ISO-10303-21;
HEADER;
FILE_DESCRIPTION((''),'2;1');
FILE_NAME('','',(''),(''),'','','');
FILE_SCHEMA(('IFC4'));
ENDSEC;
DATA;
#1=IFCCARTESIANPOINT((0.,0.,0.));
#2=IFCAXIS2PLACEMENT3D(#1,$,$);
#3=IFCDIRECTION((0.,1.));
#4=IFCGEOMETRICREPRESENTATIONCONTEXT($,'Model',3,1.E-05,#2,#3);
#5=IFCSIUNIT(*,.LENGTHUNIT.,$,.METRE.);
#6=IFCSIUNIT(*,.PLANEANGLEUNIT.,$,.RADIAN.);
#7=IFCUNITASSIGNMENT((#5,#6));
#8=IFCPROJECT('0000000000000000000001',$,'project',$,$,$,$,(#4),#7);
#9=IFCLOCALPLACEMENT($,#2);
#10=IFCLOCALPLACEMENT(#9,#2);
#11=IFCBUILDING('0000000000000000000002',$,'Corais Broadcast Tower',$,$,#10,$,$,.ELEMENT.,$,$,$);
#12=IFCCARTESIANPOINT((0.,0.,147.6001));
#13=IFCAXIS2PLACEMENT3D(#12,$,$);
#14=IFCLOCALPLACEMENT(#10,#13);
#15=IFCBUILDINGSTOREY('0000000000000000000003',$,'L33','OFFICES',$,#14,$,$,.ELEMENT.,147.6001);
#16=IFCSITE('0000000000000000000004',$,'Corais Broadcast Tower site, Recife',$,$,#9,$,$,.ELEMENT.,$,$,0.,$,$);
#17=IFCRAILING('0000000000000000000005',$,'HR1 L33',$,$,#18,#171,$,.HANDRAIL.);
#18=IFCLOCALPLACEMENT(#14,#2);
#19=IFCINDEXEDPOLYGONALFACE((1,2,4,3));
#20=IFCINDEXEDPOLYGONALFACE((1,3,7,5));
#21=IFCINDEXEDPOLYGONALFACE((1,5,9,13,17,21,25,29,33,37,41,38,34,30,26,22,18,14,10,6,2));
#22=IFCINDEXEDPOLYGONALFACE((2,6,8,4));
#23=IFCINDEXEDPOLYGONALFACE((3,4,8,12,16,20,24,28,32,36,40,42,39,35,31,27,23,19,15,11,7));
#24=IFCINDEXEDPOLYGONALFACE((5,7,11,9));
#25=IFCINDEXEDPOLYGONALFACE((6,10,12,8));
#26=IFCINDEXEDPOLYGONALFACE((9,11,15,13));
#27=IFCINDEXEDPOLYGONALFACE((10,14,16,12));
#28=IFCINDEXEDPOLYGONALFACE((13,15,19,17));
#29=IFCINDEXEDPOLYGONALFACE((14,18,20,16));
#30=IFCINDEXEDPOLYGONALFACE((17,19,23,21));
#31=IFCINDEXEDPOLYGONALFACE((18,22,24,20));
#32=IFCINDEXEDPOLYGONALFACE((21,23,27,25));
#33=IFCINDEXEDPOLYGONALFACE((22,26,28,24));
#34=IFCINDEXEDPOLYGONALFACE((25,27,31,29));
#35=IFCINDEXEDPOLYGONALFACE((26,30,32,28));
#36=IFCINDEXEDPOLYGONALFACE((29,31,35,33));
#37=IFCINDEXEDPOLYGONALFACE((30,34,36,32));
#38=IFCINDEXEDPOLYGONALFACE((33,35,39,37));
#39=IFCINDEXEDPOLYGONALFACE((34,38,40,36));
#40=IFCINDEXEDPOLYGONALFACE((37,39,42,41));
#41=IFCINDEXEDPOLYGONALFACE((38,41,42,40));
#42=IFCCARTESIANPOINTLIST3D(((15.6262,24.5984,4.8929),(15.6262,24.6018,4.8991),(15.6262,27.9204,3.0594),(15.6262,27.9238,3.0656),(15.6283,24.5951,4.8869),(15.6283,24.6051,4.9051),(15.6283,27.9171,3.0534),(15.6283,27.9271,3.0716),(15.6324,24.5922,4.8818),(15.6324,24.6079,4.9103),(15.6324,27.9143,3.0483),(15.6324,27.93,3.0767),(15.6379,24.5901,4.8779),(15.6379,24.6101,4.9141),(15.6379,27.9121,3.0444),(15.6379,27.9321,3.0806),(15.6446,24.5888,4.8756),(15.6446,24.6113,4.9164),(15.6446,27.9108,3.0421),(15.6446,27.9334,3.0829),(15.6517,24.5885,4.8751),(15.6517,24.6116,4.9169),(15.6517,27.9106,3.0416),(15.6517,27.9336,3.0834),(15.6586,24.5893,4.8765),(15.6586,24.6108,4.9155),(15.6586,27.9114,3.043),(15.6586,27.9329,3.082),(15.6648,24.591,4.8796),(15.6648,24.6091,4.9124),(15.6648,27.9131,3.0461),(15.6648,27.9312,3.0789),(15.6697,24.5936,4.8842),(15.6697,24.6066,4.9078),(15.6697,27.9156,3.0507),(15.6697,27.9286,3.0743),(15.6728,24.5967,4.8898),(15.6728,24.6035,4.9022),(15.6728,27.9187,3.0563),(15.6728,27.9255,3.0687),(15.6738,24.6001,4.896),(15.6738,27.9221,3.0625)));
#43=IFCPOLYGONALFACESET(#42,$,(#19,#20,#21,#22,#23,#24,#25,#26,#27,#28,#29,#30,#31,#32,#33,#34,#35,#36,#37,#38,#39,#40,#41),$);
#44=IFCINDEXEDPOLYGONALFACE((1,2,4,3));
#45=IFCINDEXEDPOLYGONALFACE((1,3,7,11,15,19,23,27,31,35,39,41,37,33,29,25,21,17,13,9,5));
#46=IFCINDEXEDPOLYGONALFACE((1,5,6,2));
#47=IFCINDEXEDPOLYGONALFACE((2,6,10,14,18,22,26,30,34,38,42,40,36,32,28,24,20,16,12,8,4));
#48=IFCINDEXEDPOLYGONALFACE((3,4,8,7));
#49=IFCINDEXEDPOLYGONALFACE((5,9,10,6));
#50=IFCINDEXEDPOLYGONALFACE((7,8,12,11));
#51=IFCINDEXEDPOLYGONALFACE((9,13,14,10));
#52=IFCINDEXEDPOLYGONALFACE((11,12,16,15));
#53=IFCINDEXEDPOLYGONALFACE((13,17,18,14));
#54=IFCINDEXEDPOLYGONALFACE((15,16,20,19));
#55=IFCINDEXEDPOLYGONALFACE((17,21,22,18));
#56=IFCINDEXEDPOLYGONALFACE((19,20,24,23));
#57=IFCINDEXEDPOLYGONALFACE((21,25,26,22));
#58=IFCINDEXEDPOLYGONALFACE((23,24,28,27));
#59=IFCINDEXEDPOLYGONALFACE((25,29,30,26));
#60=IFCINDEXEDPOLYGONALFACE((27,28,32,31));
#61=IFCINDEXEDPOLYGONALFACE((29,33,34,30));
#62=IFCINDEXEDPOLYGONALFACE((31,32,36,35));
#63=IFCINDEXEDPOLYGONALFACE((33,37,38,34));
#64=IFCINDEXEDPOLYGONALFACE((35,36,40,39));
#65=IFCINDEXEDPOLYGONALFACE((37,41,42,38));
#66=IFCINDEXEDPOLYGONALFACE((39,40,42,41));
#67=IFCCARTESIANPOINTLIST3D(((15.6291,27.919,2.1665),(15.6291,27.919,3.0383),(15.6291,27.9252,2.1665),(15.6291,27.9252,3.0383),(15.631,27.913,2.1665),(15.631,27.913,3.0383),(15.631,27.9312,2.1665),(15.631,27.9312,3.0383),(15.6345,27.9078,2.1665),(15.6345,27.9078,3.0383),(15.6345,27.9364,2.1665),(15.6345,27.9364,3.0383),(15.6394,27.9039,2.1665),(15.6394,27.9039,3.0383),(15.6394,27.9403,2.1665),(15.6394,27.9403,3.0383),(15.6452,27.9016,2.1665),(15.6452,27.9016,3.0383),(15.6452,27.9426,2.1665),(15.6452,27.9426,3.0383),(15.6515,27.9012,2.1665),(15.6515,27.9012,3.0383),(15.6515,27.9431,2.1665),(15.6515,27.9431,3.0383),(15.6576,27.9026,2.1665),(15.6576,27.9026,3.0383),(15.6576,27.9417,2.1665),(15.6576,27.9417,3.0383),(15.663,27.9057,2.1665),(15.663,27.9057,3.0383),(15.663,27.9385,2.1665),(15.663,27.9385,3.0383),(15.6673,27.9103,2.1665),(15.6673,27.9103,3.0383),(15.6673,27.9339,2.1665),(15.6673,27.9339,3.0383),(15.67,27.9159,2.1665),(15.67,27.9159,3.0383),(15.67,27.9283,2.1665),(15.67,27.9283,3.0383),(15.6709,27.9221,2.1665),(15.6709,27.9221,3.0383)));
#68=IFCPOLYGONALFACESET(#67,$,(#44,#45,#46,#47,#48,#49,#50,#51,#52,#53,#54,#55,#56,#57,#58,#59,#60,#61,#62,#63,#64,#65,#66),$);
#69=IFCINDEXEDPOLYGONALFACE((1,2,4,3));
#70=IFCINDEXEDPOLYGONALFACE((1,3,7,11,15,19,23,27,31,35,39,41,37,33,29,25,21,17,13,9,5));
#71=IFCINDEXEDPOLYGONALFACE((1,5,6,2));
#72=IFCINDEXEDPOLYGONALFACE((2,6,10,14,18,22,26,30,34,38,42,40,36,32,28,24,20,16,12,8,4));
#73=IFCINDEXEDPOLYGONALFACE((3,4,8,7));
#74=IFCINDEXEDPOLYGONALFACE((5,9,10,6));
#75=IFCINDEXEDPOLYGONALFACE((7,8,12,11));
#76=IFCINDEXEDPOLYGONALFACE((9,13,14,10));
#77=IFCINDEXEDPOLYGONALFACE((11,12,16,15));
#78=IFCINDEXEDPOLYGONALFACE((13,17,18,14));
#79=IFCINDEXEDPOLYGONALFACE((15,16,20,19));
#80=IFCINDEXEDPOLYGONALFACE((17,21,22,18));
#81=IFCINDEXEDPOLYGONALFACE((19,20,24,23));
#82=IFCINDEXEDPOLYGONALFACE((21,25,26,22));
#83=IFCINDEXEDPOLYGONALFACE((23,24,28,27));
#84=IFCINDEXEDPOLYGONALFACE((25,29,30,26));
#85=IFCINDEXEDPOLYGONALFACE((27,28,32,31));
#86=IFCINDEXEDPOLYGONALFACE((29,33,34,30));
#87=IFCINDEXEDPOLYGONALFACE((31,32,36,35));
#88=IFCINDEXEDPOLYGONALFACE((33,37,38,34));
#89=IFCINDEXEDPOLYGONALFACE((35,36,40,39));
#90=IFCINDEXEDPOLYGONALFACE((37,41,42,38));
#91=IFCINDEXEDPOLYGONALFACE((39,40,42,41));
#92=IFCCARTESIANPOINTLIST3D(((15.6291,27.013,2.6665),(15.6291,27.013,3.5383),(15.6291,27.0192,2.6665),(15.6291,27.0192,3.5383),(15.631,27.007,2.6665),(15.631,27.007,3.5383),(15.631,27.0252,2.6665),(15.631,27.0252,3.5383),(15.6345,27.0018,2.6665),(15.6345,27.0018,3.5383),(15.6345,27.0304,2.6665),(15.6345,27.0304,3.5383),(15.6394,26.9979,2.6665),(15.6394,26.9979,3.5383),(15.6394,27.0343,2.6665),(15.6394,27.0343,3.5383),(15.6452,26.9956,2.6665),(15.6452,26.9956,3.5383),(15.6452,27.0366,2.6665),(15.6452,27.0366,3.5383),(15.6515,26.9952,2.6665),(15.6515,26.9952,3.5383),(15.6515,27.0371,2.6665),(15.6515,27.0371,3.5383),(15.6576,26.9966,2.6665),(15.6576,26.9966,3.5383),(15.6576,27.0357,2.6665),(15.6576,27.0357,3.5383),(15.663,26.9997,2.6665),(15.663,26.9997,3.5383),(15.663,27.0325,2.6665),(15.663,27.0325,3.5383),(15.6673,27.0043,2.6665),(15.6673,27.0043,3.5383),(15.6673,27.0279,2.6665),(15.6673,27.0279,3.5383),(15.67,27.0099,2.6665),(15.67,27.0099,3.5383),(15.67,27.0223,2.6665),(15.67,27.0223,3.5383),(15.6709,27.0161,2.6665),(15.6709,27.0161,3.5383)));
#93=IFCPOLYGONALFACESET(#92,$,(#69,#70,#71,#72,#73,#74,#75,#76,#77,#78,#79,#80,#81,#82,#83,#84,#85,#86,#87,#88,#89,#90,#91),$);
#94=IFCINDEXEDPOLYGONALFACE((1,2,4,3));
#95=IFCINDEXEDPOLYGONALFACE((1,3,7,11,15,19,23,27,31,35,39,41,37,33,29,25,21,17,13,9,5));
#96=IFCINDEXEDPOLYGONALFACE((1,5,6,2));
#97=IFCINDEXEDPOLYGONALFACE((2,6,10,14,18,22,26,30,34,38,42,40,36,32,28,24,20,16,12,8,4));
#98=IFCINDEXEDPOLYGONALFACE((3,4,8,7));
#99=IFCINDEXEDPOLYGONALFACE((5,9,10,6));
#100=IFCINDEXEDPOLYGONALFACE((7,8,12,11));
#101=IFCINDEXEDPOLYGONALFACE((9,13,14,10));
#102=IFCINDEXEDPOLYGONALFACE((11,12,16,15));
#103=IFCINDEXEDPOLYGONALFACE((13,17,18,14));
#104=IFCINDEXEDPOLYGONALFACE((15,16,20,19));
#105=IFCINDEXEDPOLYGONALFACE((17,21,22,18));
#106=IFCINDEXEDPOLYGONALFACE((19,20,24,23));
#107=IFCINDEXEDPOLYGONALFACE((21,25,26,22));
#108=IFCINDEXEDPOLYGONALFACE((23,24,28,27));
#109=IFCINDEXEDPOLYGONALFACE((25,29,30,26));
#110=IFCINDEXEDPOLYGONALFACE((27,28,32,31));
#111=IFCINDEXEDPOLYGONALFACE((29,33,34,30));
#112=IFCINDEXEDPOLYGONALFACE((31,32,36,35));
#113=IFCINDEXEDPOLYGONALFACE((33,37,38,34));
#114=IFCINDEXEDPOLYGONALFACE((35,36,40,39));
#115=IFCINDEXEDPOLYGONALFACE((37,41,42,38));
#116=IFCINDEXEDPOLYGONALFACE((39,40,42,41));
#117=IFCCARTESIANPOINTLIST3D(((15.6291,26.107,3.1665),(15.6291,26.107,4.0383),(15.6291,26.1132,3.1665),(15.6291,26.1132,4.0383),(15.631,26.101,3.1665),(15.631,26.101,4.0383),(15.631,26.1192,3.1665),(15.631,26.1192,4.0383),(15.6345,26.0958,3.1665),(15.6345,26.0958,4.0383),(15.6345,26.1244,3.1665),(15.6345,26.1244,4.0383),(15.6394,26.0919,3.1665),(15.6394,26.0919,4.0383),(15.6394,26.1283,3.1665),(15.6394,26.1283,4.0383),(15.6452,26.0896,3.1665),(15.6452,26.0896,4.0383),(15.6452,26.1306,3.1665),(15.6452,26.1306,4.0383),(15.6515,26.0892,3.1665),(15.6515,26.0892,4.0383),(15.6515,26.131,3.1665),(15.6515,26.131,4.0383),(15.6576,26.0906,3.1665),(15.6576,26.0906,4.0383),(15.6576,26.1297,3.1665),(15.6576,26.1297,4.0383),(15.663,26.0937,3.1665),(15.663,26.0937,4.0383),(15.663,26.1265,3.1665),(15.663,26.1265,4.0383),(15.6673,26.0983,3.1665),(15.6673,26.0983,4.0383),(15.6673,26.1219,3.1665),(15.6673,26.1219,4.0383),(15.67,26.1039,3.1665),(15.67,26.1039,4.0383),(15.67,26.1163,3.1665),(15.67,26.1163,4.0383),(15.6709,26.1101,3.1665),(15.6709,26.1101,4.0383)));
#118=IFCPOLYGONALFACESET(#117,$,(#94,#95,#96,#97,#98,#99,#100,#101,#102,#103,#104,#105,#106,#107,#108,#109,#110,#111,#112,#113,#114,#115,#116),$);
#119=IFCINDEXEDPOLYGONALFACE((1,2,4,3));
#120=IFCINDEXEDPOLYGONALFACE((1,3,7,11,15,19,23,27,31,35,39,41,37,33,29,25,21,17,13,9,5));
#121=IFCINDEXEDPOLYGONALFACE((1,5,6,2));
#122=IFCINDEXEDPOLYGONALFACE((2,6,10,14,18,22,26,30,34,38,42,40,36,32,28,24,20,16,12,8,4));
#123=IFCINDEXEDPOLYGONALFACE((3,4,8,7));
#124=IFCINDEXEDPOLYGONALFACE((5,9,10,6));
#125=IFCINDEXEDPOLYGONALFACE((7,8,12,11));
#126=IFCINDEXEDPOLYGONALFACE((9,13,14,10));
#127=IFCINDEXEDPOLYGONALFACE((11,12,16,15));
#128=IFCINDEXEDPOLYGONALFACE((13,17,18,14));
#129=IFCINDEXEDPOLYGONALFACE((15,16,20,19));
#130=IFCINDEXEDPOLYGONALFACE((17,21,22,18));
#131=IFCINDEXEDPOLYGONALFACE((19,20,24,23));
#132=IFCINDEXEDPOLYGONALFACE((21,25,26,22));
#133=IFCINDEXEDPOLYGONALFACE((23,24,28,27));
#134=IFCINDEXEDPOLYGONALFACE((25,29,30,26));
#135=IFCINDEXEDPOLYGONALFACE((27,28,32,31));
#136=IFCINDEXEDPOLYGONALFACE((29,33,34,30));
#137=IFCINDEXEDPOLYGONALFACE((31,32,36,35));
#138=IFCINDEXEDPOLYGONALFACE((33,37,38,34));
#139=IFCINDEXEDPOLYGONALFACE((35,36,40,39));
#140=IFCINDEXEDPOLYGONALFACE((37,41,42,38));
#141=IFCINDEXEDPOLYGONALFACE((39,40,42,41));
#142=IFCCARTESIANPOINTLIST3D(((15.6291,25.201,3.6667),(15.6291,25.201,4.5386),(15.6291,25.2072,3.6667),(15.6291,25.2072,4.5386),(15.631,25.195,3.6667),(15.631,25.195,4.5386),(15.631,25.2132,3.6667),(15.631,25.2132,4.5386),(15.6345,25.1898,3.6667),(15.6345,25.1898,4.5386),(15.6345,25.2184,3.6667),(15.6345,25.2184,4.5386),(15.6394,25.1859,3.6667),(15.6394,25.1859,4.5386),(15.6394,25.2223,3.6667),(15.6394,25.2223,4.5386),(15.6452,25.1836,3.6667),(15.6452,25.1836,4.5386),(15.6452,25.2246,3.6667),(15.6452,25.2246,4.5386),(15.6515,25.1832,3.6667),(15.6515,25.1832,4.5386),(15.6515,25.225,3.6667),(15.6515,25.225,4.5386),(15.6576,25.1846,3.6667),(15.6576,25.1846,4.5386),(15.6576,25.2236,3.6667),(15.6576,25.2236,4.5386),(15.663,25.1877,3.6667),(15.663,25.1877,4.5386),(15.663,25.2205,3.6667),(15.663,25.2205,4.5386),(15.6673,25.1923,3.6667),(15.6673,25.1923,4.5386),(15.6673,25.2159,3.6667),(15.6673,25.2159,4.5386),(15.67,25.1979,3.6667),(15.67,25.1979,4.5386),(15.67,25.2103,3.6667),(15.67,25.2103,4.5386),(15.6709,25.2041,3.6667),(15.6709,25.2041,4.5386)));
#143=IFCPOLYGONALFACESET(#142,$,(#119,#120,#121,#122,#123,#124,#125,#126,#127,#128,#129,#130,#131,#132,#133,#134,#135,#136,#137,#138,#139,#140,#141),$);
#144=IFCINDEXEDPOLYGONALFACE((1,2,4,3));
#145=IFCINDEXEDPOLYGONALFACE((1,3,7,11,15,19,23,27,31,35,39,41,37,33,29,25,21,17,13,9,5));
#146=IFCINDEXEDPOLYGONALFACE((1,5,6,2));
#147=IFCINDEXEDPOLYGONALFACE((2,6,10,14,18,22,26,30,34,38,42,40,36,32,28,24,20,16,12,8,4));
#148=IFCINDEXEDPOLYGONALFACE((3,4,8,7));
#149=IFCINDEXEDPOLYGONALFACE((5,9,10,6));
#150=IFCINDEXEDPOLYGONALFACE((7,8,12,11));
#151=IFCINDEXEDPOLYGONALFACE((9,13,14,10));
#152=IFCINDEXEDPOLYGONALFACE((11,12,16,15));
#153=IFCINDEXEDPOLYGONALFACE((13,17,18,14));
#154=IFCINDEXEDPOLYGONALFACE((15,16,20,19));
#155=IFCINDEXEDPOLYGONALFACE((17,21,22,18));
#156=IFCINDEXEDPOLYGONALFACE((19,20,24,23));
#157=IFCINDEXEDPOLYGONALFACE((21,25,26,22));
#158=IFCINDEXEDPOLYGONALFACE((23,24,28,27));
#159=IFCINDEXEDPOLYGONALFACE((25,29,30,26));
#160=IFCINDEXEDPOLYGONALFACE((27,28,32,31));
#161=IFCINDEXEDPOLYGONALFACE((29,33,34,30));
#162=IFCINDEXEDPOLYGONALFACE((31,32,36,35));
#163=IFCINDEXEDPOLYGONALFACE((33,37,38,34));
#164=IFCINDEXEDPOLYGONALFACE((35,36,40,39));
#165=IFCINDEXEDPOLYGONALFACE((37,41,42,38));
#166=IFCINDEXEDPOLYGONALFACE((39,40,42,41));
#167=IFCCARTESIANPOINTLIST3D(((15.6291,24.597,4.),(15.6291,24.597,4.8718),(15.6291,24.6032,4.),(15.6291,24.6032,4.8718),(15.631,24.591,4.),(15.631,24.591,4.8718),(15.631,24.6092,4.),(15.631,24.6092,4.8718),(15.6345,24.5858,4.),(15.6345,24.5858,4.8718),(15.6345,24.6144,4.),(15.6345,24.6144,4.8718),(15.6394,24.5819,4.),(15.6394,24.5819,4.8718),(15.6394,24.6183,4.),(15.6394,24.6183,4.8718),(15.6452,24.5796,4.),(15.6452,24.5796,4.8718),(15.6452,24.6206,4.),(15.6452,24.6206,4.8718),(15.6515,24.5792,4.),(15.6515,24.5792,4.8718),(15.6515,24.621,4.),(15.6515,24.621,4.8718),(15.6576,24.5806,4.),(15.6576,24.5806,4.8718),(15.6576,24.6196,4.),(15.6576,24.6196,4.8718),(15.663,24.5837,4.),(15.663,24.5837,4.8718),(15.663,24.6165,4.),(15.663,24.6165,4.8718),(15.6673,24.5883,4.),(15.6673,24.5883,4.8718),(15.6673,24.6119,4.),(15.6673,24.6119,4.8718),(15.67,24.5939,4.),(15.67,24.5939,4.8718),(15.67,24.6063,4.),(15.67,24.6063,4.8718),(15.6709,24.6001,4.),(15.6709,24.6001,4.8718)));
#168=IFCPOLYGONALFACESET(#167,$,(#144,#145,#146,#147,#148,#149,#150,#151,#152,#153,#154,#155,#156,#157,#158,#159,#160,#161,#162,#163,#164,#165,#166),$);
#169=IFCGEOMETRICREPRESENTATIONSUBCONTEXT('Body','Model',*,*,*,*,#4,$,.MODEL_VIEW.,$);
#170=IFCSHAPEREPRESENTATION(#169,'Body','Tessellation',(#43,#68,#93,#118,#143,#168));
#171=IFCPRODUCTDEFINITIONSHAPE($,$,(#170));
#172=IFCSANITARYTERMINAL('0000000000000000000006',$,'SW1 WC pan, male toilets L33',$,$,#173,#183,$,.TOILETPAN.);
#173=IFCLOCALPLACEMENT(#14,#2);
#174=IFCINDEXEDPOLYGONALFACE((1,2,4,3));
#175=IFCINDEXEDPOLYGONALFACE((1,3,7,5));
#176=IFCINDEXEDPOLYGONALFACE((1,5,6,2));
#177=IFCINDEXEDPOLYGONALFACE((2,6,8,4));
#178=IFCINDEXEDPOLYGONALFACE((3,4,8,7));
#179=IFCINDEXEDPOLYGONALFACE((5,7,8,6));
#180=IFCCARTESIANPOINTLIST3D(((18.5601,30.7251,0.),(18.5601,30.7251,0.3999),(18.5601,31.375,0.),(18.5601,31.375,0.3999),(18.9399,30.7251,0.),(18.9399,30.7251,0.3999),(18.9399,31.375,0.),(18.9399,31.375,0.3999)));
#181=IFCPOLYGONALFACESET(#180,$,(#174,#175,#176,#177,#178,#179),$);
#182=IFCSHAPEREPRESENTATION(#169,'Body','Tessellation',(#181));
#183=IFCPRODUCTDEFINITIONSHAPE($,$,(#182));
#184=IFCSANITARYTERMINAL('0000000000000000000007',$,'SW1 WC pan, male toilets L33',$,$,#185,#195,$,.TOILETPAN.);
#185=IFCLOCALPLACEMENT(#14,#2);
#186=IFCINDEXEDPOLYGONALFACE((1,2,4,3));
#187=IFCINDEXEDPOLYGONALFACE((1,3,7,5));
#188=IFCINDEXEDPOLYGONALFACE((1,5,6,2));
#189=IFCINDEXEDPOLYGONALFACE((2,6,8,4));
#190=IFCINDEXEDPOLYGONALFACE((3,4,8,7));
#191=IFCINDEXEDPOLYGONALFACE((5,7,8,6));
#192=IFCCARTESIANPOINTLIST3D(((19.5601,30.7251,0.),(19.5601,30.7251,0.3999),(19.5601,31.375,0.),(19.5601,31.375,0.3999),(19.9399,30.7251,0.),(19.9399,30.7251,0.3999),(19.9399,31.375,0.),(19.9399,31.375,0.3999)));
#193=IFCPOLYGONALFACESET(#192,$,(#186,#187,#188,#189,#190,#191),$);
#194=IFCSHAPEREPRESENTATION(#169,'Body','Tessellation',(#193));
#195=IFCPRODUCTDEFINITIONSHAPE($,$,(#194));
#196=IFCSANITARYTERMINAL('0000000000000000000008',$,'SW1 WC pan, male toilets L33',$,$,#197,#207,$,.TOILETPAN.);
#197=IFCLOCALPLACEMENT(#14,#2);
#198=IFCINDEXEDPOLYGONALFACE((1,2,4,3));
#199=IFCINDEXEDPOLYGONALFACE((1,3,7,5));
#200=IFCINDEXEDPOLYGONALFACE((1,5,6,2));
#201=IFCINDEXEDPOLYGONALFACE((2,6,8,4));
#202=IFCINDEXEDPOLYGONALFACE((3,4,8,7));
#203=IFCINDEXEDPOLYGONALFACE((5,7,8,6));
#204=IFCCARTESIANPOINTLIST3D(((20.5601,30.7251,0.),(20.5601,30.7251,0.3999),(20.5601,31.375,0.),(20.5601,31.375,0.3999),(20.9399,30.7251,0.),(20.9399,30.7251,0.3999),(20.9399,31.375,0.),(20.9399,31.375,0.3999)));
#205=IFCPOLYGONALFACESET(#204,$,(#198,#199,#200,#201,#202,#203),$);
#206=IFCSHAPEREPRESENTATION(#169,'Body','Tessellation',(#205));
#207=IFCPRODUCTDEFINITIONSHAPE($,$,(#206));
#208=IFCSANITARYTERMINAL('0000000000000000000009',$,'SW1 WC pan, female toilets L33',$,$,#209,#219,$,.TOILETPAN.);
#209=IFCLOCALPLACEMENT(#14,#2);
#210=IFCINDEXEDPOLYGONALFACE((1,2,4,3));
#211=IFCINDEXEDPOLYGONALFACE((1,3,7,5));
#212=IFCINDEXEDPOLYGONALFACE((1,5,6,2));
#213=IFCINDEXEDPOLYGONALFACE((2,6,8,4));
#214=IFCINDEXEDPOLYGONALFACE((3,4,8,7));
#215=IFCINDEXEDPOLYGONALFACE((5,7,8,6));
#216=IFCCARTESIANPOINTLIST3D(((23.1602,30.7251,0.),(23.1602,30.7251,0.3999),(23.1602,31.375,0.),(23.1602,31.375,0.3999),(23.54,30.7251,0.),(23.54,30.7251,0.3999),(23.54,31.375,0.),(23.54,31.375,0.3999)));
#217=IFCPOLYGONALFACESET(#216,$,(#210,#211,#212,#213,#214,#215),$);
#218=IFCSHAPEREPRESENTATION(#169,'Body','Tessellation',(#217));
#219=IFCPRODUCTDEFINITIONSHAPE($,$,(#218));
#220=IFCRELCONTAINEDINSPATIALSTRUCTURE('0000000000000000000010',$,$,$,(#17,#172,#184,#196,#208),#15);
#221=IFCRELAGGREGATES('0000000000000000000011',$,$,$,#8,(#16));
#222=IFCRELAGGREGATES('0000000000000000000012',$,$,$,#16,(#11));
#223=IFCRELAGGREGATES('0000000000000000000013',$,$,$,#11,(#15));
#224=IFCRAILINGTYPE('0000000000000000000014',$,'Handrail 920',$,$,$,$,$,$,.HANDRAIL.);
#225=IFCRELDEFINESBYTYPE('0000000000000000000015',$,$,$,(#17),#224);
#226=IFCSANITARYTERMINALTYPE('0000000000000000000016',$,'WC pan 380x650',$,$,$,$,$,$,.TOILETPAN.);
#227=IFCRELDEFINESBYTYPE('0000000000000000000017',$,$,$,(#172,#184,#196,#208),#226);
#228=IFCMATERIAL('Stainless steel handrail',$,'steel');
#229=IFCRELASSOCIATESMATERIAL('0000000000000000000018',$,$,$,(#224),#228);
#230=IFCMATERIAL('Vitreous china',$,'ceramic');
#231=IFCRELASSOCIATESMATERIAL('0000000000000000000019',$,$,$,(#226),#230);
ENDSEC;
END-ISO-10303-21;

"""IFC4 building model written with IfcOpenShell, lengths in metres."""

from ifc_helpers import new_model, si_unit, direction, frame, origin, origin_2d, place, context, subcontext, project, spatial, rectangle, circle, extrude, material, type_object, element, save


model = new_model("IFC4")

# Units and contexts
model_context = context("Model", 3, precision=1e-05, world=origin(), true_north=direction((0.0, 1.0)))
body_context = subcontext(model_context, "Body", "Model", "MODEL_VIEW")
ifc_project = project(units=[si_unit("LENGTHUNIT", "METRE"), si_unit("PLANEANGLEUNIT", "RADIAN")], contexts=[model_context])

# Site, building, storey
site_placement = place(None, origin())
site = spatial("IfcSite", under=ifc_project, at=site_placement, Name="Corais Broadcast Tower site, Recife", CompositionType="ELEMENT", RefElevation=0.0)
building_placement = place(site_placement, origin())
building = spatial("IfcBuilding", under=site, at=building_placement, Name="Corais Broadcast Tower", CompositionType="ELEMENT")
storey_placement = place(building_placement, frame((0.0, 0.0, 147.6001)))
storey = spatial("IfcBuildingStorey", under=building, at=storey_placement, Name="L33", Description="OFFICES", CompositionType="ELEMENT", Elevation=147.6001)

# Railing
ifc_material_1 = material(Name="Stainless steel handrail", Category="steel")
railing_type = type_object("IfcRailingType", Name="Handrail 920", PredefinedType="HANDRAIL", material=ifc_material_1)
for number, where, name in (
    (1, (15.6499, 27.9221, 2.1665), "HR1 L33"),
):
    element("IfcRailing", number, at=place(storey_placement, frame(where)), inside=storey, type_object=railing_type, Name=name, PredefinedType="HANDRAIL", context=body_context, shape_type="SweptSolid", body=[
        extrude(circle(Radius=0.0239, at=origin_2d()), frame((0.0, 0.0, 0.896), z_axis=(0.0, -0.875504, 0.48321), x_axis=(1.0, 0.0, 0.0)), (0.0, 0.0, 1.0), 3.7944),
        extrude(circle(Radius=0.021, at=origin_2d()), origin(), (0.0, 0.0, 1.0), 0.8718),
        extrude(circle(Radius=0.021, at=origin_2d()), frame((0.0, -0.906, 0.5)), (0.0, 0.0, 1.0), 0.8718),
        extrude(circle(Radius=0.021, at=origin_2d()), frame((0.0, -1.812, 1.0)), (0.0, 0.0, 1.0), 0.8718),
        extrude(circle(Radius=0.021, at=origin_2d()), frame((0.0, -2.718, 1.5002)), (0.0, 0.0, 1.0), 0.8718),
        extrude(circle(Radius=0.021, at=origin_2d()), frame((0.0, -3.322, 1.8335)), (0.0, 0.0, 1.0), 0.8718),
    ])

# Sanitary terminals
ifc_material_2 = material(Name="Vitreous china", Category="ceramic")
sanitary_terminal_type_1 = type_object("IfcSanitaryTerminalType", Name="WC pan 380x650", PredefinedType="TOILETPAN", material=ifc_material_2)
for number, where, z_axis, x_axis, name in (
    (2, (18.75, 31.05, 0.0), (0.0, 0.0, 1.0), (1.0, 0.0, 0.0), "SW1 WC pan, male toilets L33"),
    (3, (19.75, 31.05, 0.0), (0.0, 0.0, 1.0), (1.0, 0.0, 0.0), "SW1 WC pan, male toilets L33"),
    (4, (20.75, 31.05, 0.0), (0.0, 0.0, 1.0), (1.0, 0.0, 0.0), "SW1 WC pan, male toilets L33"),
    (5, (23.3501, 31.05, 0.0), (0.0, 0.0, 1.0), (1.0, 0.0, 0.0), "SW1 WC pan, female toilets L33"),
):
    element("IfcSanitaryTerminal", number, at=place(storey_placement, frame(where, z_axis=z_axis, x_axis=x_axis)), inside=storey, type_object=sanitary_terminal_type_1, Name=name, PredefinedType="TOILETPAN", context=body_context, shape_type="SweptSolid", body=[
        extrude(rectangle(XDim=0.3799, YDim=0.6499, at=origin_2d()), origin(), (0.0, 0.0, 1.0), 0.3999),
    ])

save(model, "model.ifc")
